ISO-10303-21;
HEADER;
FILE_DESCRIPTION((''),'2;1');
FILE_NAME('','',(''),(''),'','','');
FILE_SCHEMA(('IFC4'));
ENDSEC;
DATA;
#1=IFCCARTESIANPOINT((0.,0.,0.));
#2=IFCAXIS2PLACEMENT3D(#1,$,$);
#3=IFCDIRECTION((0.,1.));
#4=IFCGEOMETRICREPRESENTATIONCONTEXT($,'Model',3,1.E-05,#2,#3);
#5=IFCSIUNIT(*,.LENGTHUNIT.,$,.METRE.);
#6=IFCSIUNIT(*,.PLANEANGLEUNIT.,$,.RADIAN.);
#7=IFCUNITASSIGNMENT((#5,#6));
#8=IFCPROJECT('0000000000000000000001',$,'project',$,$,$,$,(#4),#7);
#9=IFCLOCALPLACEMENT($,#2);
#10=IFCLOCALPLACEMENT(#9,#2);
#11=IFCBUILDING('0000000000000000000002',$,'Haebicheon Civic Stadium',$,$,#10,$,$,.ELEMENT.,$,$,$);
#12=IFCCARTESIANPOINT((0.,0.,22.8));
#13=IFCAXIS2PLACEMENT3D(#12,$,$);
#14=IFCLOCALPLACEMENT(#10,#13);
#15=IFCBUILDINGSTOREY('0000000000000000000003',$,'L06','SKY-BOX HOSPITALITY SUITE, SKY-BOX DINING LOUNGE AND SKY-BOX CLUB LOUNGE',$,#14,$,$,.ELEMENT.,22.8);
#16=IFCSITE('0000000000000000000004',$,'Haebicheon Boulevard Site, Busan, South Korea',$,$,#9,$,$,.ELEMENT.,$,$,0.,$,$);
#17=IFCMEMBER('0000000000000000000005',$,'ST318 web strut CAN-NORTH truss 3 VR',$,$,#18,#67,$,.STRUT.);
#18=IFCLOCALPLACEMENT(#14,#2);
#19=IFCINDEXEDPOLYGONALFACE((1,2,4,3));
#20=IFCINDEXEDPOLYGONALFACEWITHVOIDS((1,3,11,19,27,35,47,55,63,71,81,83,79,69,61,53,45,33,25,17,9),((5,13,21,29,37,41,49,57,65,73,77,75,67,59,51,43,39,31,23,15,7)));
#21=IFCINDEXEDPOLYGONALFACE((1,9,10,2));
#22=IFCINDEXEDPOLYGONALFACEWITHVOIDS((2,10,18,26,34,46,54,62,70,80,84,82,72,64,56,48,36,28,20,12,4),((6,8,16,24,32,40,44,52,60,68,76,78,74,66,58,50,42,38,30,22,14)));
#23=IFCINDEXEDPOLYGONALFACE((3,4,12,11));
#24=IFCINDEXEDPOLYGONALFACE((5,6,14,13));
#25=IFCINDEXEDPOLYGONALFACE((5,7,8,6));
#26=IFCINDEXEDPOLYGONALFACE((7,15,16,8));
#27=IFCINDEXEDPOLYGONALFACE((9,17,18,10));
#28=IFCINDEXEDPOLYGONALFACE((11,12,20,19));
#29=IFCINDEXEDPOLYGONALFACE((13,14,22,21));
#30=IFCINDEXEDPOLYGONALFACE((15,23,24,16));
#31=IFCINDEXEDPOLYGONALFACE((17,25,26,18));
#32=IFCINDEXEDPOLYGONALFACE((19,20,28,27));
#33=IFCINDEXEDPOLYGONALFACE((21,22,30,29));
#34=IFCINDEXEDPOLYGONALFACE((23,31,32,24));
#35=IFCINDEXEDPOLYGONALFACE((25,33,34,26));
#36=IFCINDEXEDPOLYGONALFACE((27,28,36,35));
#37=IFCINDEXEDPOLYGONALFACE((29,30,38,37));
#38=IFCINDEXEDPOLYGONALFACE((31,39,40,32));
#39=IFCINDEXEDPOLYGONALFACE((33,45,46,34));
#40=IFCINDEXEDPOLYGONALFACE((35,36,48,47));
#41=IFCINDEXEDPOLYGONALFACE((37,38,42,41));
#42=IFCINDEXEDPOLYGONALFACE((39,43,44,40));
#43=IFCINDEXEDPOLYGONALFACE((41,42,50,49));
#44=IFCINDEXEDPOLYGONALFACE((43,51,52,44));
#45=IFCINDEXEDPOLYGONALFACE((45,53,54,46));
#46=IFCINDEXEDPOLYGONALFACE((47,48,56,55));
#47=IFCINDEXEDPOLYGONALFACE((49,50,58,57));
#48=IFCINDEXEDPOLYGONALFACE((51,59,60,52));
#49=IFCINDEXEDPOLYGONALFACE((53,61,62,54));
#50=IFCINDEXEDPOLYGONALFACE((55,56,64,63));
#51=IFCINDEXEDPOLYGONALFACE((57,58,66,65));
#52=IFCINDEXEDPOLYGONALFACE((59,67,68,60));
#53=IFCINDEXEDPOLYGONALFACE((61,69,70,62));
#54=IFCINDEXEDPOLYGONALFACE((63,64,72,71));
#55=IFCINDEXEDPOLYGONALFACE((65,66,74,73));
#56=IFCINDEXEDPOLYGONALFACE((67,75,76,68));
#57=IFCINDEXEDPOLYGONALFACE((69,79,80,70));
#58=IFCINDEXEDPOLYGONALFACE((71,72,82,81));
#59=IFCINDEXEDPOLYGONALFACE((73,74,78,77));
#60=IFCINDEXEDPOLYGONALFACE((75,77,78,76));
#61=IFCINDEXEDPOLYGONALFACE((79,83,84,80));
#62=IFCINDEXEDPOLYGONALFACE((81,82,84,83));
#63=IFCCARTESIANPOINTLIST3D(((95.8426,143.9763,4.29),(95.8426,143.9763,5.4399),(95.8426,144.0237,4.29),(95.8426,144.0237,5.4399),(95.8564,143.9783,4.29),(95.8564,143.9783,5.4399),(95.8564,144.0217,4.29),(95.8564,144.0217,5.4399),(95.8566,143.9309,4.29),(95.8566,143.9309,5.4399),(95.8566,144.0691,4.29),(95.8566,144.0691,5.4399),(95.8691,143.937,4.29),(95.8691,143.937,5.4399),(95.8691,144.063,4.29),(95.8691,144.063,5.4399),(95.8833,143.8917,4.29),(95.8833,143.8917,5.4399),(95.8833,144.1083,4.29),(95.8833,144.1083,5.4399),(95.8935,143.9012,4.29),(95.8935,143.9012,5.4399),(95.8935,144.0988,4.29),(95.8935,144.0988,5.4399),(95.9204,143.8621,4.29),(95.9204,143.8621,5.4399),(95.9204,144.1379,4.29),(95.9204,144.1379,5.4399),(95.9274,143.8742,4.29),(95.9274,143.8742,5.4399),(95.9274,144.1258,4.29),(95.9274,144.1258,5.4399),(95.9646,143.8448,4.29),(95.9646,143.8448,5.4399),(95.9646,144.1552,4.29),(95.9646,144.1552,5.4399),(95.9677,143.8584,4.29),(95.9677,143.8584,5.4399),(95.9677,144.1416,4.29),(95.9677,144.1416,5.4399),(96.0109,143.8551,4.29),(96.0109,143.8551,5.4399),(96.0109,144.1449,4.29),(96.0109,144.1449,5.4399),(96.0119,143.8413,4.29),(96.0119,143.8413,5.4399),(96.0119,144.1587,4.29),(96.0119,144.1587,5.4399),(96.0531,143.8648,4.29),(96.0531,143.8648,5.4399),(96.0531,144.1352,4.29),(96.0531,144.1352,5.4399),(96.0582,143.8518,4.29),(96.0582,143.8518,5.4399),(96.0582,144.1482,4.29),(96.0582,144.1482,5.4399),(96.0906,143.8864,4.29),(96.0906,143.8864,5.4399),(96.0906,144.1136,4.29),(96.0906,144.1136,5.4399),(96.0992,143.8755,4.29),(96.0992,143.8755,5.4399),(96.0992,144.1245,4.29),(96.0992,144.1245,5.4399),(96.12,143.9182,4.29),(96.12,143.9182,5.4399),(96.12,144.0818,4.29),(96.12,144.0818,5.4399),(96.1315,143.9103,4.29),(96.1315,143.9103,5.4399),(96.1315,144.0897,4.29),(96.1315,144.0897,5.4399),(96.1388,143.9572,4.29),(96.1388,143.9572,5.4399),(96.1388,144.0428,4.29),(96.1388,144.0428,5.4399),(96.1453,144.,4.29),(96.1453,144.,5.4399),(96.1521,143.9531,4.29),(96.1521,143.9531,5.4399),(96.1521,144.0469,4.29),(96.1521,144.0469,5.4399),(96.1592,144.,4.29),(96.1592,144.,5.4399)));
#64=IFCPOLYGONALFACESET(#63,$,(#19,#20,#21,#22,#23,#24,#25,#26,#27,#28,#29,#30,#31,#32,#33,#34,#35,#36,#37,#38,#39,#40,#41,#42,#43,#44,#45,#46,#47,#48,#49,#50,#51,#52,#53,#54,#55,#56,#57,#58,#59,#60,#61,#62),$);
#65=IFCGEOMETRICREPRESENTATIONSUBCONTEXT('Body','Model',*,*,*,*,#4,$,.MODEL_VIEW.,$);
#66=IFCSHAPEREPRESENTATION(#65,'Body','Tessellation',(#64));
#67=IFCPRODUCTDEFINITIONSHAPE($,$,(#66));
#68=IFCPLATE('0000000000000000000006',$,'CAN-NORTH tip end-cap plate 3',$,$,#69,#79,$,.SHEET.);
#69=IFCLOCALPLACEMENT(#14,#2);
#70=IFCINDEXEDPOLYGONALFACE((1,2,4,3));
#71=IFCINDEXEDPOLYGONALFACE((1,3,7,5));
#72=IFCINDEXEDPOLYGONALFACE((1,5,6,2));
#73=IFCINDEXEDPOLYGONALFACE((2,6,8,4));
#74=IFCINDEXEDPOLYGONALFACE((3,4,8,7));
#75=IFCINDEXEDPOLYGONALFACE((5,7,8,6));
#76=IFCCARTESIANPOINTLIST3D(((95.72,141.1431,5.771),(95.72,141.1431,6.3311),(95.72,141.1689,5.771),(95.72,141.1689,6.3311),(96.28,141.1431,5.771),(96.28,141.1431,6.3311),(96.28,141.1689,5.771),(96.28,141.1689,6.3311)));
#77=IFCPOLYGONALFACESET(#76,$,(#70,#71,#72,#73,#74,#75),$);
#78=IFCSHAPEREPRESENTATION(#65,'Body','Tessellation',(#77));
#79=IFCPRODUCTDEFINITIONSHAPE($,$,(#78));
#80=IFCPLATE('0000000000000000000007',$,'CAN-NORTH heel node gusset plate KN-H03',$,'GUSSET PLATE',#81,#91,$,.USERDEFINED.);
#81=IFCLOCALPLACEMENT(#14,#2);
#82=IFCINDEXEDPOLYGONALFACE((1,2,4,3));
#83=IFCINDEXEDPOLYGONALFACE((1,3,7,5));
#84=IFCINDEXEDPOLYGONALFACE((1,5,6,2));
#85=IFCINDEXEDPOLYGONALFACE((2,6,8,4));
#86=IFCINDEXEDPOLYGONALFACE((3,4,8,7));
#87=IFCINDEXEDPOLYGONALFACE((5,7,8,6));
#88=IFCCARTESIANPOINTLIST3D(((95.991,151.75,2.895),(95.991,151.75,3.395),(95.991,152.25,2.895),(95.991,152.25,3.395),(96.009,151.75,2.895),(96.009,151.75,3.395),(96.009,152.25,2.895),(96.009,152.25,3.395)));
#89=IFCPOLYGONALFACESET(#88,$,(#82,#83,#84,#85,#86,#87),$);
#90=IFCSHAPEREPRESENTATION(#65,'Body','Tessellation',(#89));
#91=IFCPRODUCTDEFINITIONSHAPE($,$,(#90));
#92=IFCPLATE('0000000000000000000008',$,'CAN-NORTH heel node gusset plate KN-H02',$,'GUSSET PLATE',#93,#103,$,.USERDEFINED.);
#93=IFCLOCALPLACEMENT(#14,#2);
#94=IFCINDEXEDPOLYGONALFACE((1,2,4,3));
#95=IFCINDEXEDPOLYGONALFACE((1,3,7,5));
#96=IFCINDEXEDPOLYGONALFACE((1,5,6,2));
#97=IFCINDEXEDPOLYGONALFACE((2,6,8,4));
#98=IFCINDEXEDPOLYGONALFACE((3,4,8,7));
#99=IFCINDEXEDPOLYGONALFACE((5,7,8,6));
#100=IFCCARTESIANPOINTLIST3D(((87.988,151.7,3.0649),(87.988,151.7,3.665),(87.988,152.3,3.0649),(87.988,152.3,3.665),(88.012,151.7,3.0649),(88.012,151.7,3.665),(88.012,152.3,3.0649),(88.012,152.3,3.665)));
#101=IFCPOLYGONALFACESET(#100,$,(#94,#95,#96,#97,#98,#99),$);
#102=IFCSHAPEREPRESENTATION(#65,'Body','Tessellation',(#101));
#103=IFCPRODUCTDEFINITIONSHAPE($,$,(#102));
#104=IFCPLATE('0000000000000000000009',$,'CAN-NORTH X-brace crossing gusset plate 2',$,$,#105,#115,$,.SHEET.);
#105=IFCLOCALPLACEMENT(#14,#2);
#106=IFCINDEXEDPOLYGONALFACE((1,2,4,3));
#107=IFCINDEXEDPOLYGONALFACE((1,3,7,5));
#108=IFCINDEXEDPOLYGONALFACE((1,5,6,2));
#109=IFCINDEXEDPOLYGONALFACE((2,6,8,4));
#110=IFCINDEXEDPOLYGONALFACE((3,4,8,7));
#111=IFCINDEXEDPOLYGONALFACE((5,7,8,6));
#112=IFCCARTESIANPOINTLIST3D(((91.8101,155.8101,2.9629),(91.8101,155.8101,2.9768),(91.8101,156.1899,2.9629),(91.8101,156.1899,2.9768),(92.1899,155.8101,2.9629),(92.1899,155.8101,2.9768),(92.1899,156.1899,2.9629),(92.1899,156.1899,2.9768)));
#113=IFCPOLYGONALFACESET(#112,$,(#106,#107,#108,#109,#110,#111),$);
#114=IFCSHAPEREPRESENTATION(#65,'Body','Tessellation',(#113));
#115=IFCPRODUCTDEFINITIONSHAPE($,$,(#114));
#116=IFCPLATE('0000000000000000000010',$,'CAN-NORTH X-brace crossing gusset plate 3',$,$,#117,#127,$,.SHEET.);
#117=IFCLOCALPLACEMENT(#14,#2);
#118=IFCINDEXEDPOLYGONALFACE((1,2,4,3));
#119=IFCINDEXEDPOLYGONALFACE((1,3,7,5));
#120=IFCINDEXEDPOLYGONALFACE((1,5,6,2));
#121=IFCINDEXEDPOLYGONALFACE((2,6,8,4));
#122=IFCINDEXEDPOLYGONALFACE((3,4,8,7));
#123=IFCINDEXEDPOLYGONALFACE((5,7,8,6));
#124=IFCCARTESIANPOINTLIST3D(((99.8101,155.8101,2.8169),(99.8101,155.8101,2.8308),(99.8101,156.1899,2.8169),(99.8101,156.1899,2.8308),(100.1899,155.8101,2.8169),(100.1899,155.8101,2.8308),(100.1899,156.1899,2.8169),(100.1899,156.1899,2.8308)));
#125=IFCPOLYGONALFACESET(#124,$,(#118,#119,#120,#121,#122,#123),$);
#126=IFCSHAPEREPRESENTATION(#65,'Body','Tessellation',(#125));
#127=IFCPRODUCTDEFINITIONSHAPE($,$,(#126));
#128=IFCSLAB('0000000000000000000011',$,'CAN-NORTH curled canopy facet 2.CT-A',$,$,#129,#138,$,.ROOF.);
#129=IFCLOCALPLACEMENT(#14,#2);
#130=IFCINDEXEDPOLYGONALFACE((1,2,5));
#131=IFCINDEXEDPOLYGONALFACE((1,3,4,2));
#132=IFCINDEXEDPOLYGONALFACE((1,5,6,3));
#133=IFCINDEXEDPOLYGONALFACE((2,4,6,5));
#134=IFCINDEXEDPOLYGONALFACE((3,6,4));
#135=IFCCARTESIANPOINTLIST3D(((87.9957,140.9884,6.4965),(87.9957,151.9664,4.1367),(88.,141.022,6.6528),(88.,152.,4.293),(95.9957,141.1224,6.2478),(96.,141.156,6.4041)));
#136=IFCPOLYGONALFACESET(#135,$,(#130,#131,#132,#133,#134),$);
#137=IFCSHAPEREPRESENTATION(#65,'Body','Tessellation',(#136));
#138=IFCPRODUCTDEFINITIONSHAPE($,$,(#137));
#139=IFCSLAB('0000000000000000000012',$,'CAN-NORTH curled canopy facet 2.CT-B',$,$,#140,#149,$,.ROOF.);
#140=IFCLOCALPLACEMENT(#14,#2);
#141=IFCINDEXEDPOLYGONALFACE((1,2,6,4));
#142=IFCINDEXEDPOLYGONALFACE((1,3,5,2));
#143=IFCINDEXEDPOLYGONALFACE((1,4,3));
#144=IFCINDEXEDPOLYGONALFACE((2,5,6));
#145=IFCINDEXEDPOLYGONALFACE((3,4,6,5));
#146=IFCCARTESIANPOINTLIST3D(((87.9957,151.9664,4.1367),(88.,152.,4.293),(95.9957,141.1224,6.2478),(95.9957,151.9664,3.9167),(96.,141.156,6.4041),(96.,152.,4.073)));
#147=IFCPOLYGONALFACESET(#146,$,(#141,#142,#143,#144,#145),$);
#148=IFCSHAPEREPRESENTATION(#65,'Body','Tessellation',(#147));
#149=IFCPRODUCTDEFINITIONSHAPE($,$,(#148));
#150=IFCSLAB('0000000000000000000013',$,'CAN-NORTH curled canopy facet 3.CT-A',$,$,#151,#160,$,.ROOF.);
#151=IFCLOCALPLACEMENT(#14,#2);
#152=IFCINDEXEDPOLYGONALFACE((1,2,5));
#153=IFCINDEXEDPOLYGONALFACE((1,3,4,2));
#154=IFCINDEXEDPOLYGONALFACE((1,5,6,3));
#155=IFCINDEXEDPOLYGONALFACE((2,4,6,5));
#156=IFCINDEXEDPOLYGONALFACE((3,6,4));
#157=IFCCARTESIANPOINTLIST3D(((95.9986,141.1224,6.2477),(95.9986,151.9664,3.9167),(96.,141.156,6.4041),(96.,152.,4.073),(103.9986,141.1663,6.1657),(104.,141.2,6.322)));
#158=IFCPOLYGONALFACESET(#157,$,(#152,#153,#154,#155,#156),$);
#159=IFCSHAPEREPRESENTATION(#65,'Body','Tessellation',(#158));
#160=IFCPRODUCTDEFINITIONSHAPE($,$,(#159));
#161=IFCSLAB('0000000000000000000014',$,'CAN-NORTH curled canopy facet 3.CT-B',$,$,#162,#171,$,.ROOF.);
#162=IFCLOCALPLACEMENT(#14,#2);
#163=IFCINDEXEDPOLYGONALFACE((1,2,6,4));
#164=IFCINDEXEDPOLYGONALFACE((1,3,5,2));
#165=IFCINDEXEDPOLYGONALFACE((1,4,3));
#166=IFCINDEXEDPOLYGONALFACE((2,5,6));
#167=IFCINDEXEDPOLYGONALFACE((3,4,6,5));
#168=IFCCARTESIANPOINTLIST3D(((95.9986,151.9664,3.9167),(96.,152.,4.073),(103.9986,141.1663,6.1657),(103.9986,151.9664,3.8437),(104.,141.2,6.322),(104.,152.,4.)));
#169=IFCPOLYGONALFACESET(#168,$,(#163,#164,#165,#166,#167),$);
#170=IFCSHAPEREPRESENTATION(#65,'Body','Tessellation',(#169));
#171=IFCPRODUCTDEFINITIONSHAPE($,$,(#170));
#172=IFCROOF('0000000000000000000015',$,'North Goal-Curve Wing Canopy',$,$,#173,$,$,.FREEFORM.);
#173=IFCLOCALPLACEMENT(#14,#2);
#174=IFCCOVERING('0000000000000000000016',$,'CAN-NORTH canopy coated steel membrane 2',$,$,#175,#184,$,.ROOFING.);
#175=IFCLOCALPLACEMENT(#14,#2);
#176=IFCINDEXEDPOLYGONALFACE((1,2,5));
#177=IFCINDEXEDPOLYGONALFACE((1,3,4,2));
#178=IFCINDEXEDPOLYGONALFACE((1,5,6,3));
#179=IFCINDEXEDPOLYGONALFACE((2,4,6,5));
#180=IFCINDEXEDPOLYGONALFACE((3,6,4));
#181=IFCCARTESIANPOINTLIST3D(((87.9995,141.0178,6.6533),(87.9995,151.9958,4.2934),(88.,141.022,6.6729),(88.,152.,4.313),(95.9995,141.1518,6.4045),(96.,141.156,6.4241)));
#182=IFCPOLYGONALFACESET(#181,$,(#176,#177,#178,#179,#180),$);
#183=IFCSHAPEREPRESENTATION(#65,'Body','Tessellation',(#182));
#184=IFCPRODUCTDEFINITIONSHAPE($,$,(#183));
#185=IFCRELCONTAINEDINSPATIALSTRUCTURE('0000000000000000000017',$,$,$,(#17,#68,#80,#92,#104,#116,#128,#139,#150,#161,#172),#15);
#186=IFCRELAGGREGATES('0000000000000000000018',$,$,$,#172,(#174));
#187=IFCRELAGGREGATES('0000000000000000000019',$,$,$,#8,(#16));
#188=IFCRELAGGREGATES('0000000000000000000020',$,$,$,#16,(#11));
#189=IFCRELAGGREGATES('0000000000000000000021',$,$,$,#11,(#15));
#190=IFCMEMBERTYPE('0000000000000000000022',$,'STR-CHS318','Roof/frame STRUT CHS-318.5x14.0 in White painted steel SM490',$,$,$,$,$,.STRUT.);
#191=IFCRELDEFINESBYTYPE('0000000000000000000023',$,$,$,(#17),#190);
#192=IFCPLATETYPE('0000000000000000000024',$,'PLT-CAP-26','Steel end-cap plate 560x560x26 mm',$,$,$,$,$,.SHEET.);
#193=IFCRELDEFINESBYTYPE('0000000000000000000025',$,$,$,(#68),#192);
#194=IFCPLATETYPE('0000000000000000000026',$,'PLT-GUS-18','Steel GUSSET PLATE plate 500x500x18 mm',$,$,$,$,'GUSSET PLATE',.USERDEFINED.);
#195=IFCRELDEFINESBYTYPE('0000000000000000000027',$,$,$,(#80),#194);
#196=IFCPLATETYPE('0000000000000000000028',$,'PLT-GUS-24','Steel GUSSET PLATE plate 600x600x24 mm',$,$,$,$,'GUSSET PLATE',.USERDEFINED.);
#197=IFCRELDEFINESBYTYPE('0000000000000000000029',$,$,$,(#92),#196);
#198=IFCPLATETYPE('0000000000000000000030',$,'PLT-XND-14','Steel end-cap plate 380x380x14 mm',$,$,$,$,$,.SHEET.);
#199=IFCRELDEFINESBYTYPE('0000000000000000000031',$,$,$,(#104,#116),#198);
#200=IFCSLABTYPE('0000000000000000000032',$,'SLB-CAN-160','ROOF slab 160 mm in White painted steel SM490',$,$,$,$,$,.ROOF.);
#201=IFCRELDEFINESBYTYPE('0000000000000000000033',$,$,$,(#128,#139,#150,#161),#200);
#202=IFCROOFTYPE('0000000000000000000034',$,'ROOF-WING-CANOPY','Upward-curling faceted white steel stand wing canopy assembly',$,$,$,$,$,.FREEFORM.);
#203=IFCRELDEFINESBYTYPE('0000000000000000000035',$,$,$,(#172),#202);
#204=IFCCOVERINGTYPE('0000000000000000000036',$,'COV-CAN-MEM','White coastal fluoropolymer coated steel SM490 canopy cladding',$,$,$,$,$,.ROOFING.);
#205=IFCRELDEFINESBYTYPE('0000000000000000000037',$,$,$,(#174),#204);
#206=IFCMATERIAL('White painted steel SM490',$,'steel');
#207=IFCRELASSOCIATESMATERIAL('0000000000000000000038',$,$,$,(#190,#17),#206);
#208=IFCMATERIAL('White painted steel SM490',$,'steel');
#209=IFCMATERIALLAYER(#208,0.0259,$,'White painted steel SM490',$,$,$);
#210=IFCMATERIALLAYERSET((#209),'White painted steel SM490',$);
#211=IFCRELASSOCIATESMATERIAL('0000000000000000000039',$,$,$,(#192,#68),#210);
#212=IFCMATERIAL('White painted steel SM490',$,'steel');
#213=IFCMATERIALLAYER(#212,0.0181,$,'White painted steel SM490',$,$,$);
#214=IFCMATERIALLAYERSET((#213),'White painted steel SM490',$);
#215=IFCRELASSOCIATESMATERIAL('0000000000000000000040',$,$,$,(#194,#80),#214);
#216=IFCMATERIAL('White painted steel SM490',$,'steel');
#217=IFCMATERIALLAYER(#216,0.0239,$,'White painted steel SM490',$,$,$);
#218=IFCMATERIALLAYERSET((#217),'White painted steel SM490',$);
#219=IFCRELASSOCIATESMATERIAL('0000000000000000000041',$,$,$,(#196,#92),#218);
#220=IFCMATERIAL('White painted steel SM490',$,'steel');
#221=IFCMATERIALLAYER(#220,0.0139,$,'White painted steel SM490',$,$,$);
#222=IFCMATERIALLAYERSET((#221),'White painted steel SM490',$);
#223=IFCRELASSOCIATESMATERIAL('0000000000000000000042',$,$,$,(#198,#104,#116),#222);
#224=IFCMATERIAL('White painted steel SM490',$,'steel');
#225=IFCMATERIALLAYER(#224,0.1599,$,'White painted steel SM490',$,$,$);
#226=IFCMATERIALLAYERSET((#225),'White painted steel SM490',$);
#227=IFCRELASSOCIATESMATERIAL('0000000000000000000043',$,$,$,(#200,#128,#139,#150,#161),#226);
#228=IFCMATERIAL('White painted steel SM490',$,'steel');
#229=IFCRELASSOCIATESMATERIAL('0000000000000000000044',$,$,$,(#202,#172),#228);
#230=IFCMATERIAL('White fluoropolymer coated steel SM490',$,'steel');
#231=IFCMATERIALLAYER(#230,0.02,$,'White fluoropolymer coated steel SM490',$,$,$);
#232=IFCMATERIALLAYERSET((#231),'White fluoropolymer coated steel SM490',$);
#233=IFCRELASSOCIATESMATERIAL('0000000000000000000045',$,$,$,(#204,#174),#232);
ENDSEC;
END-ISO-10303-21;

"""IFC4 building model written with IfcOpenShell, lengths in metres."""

from ifc_helpers import new_model, si_unit, direction, frame, origin, origin_2d, place, context, subcontext, project, spatial, polyline, rectangle, hollow_circle, outline, extrude, material, layer, layer_set, material_profile, profile_set, type_object, element, aggregate, save


model = new_model("IFC4")

# Units and contexts
model_context = context("Model", 3, precision=1e-05, world=origin(), true_north=direction((0.0, 1.0)))
body_context = subcontext(model_context, "Body", "Model", "MODEL_VIEW")
ifc_project = project(units=[si_unit("LENGTHUNIT", "METRE"), si_unit("PLANEANGLEUNIT", "RADIAN")], contexts=[model_context])

# Site, building, storey
site_placement = place(None, origin())
site = spatial("IfcSite", under=ifc_project, at=site_placement, Name="Haebicheon Boulevard Site, Busan, South Korea", CompositionType="ELEMENT", RefElevation=0.0)
building_placement = place(site_placement, origin())
building = spatial("IfcBuilding", under=site, at=building_placement, Name="Haebicheon Civic Stadium", CompositionType="ELEMENT")
storey_placement = place(building_placement, frame((0.0, 0.0, 22.8)))
storey = spatial("IfcBuildingStorey", under=building, at=storey_placement, Name="L06", Description="SKY-BOX HOSPITALITY SUITE, SKY-BOX DINING LOUNGE AND SKY-BOX CLUB LOUNGE", CompositionType="ELEMENT", Elevation=22.8)

# Member
ifc_material_1 = material(Name="White painted steel SM490", Category="steel")
ifc_material_profile_1 = material_profile(ifc_material_1, hollow_circle(Radius=0.1592, WallThickness=0.0139, at=origin_2d()), Name="CHS-318.5x14.0")
ifc_profile_set_1 = profile_set([ifc_material_profile_1], Name="White painted steel SM490")
member_type_1 = type_object("IfcMemberType", Name="STR-CHS318", Description="Roof/frame STRUT CHS-318.5x14.0 in White painted steel SM490", PredefinedType="STRUT", material=ifc_profile_set_1)
for number, where, z_axis, x_axis, name in (
    (1, (96.0, 144.0, 4.29), (0.0, 0.0, 1.0), (1.0, 0.0, 0.0), "ST318 web strut CAN-NORTH truss 3 VR"),
):
    element("IfcMember", number, at=place(storey_placement, frame(where, z_axis=z_axis, x_axis=x_axis)), inside=storey, type_object=member_type_1, material=ifc_profile_set_1, Name=name, PredefinedType="STRUT", context=body_context, shape_type="SweptSolid", body=[
        extrude(hollow_circle(Radius=0.1592, WallThickness=0.0139, at=origin_2d()), origin(), (0.0, 0.0, 1.0), 1.1499),
    ])

# Plates
ifc_material_2 = material(Name="White painted steel SM490", Category="steel")
ifc_layer_1 = layer(ifc_material_2, 0.0259, Name="White painted steel SM490")
ifc_layer_set_1 = layer_set([ifc_layer_1], Name="White painted steel SM490")
plate_type_1 = type_object("IfcPlateType", Name="PLT-CAP-26", Description="Steel end-cap plate 560x560x26 mm", PredefinedType="SHEET", material=ifc_layer_set_1)
plate_1_placement = place(storey_placement, frame((96.0, 141.156, 5.771), z_axis=(0.0, 0.0, 1.0), x_axis=(-1.0, 0.0, 0.0)))
element("IfcPlate", 2, at=plate_1_placement, inside=storey, type_object=plate_type_1, material=ifc_layer_set_1, Name="CAN-NORTH tip end-cap plate 3", PredefinedType="SHEET", context=body_context, shape_type="SweptSolid", body=[
    extrude(rectangle(XDim=0.5601, YDim=0.0259, at=origin_2d()), origin(), (0.0, 0.0, 1.0), 0.5601),
])
ifc_material_3 = material(Name="White painted steel SM490", Category="steel")
ifc_layer_2 = layer(ifc_material_3, 0.0181, Name="White painted steel SM490")
ifc_layer_set_2 = layer_set([ifc_layer_2], Name="White painted steel SM490")
plate_type_2 = type_object("IfcPlateType", Name="PLT-GUS-18", Description="Steel GUSSET PLATE plate 500x500x18 mm", ElementType="GUSSET PLATE", PredefinedType="USERDEFINED", material=ifc_layer_set_2)
plate_2_placement = place(storey_placement, frame((96.0, 152.0, 2.895), z_axis=(0.0, 0.0, 1.0), x_axis=(0.0, 1.0, 0.0)))
element("IfcPlate", 3, at=plate_2_placement, inside=storey, type_object=plate_type_2, material=ifc_layer_set_2, Name="CAN-NORTH heel node gusset plate KN-H03", ObjectType="GUSSET PLATE", PredefinedType="USERDEFINED", context=body_context, shape_type="SweptSolid", body=[
    extrude(rectangle(XDim=0.5, YDim=0.0181, at=origin_2d()), origin(), (0.0, 0.0, 1.0), 0.5),
])
ifc_material_4 = material(Name="White painted steel SM490", Category="steel")
ifc_layer_3 = layer(ifc_material_4, 0.0239, Name="White painted steel SM490")
ifc_layer_set_3 = layer_set([ifc_layer_3], Name="White painted steel SM490")
plate_type_3 = type_object("IfcPlateType", Name="PLT-GUS-24", Description="Steel GUSSET PLATE plate 600x600x24 mm", ElementType="GUSSET PLATE", PredefinedType="USERDEFINED", material=ifc_layer_set_3)
plate_3_placement = place(storey_placement, frame((88.0, 152.0, 3.0649), z_axis=(0.0, 0.0, 1.0), x_axis=(0.0, 1.0, 0.0)))
element("IfcPlate", 4, at=plate_3_placement, inside=storey, type_object=plate_type_3, material=ifc_layer_set_3, Name="CAN-NORTH heel node gusset plate KN-H02", ObjectType="GUSSET PLATE", PredefinedType="USERDEFINED", context=body_context, shape_type="SweptSolid", body=[
    extrude(rectangle(XDim=0.6001, YDim=0.0239, at=origin_2d()), origin(), (0.0, 0.0, 1.0), 0.6001),
])
ifc_material_5 = material(Name="White painted steel SM490", Category="steel")
ifc_layer_4 = layer(ifc_material_5, 0.0139, Name="White painted steel SM490")
ifc_layer_set_4 = layer_set([ifc_layer_4], Name="White painted steel SM490")
plate_type_4 = type_object("IfcPlateType", Name="PLT-XND-14", Description="Steel end-cap plate 380x380x14 mm", PredefinedType="SHEET", material=ifc_layer_set_4)
for number, where, z_axis, x_axis, name in (
    (5, (92.0, 156.0, 2.9629), (0.0, 0.0, 1.0), (1.0, 0.0, 0.0), "CAN-NORTH X-brace crossing gusset plate 2"),
    (6, (100.0, 156.0, 2.8169), (0.0, 0.0, 1.0), (1.0, 0.0, 0.0), "CAN-NORTH X-brace crossing gusset plate 3"),
):
    element("IfcPlate", number, at=place(storey_placement, frame(where, z_axis=z_axis, x_axis=x_axis)), inside=storey, type_object=plate_type_4, material=ifc_layer_set_4, Name=name, PredefinedType="SHEET", context=body_context, shape_type="SweptSolid", body=[
        extrude(rectangle(XDim=0.3799, YDim=0.3799, at=origin_2d()), origin(), (0.0, 0.0, 1.0), 0.0139),
    ])

# Slabs
ifc_material_6 = material(Name="White painted steel SM490", Category="steel")
ifc_layer_5 = layer(ifc_material_6, 0.1599, Name="White painted steel SM490")
ifc_layer_set_5 = layer_set([ifc_layer_5], Name="White painted steel SM490")
slab_type = type_object("IfcSlabType", Name="SLB-CAN-160", Description="ROOF slab 160 mm in White painted steel SM490", PredefinedType="ROOF", material=ifc_layer_set_5)
slab_1_placement = place(storey_placement, frame((88.0, 152.0, 4.293), z_axis=(0.026872, 0.210086, 0.977314), x_axis=(0.0, -0.977667, 0.210162)))
element("IfcSlab", 7, at=slab_1_placement, inside=storey, type_object=slab_type, material=ifc_layer_set_5, Name="CAN-NORTH curled canopy facet 2.CT-A", PredefinedType="ROOF", context=body_context, shape_type="SweptSolid", body=[
    extrude(outline(polyline([(0.0, 0.0), (11.2288, 0.0), (11.0455, 8.0029), (0.0, 0.0)])), origin(), (0.0, 0.0, -1.0), 0.1599),
])
slab_2_placement = place(storey_placement, frame((88.0, 152.0, 4.293), z_axis=(0.026873, 0.210086, 0.977314), x_axis=(0.586511, -0.795016, 0.154772)))
element("IfcSlab", 8, at=slab_2_placement, inside=storey, type_object=slab_type, material=ifc_layer_set_5, Name="CAN-NORTH curled canopy facet 2.CT-B", PredefinedType="ROOF", context=body_context, shape_type="SweptSolid", body=[
    extrude(outline(polyline([(0.0, 0.0), (13.64, 0.0), (4.658, 6.5078), (0.0, 0.0)])), origin(), (0.0, 0.0, -1.0), 0.1599),
])
slab_3_placement = place(storey_placement, frame((96.0, 152.0, 4.073), z_axis=(0.00887, 0.210154, 0.977628), x_axis=(0.0, -0.977667, 0.210162)))
element("IfcSlab", 9, at=slab_3_placement, inside=storey, type_object=slab_type, material=ifc_layer_set_5, Name="CAN-NORTH curled canopy facet 3.CT-A", PredefinedType="ROOF", context=body_context, shape_type="SweptSolid", body=[
    extrude(outline(polyline([(0.0, 0.0), (11.0917, 0.0), (11.0315, 8.0003), (0.0, 0.0)])), origin(), (0.0, 0.0, -1.0), 0.1599),
])
slab_4_placement = place(storey_placement, frame((96.0, 152.0, 4.073), z_axis=(0.008921, 0.210189, 0.97762), x_axis=(0.587063, -0.792539, 0.16504)))
element("IfcSlab", 10, at=slab_4_placement, inside=storey, type_object=slab_type, material=ifc_layer_set_5, Name="CAN-NORTH curled canopy facet 3.CT-B", PredefinedType="ROOF", context=body_context, shape_type="SweptSolid", body=[
    extrude(outline(polyline([(0.0, 0.0), (13.6271, 0.0), (4.6845, 6.4855), (0.0, 0.0)])), origin(), (0.0, 0.0, -1.0), 0.1599),
])

# Roof, covering
ifc_material_7 = material(Name="White painted steel SM490", Category="steel")
roof_type = type_object("IfcRoofType", Name="ROOF-WING-CANOPY", Description="Upward-curling faceted white steel stand wing canopy assembly", PredefinedType="FREEFORM", material=ifc_material_7)
roof_placement = place(storey_placement, origin())
roof = element("IfcRoof", 11, at=roof_placement, inside=storey, type_object=roof_type, material=ifc_material_7, Name="North Goal-Curve Wing Canopy", PredefinedType="FREEFORM")
ifc_material_8 = material(Name="White fluoropolymer coated steel SM490", Category="steel")
ifc_layer_6 = layer(ifc_material_8, 0.02, Name="White fluoropolymer coated steel SM490")
ifc_layer_set_6 = layer_set([ifc_layer_6], Name="White fluoropolymer coated steel SM490")
covering_type = type_object("IfcCoveringType", Name="COV-CAN-MEM", Description="White coastal fluoropolymer coated steel SM490 canopy cladding", PredefinedType="ROOFING", material=ifc_layer_set_6)
covering_1_placement = place(storey_placement, frame((88.0, 152.0, 4.313), z_axis=(0.026872, 0.210086, 0.977314), x_axis=(0.0, -0.977667, 0.210162)))
covering_1 = element("IfcCovering", 12, at=covering_1_placement, type_object=covering_type, material=ifc_layer_set_6, Name="CAN-NORTH canopy coated steel membrane 2", PredefinedType="ROOFING", context=body_context, shape_type="SweptSolid", body=[
    extrude(outline(polyline([(0.0, 0.0), (11.2288, 0.0), (11.0455, 8.0029), (0.0, 0.0)])), origin(), (0.0, 0.0, -1.0), 0.02),
])
aggregate(roof, [covering_1])

save(model, "model.ifc")
